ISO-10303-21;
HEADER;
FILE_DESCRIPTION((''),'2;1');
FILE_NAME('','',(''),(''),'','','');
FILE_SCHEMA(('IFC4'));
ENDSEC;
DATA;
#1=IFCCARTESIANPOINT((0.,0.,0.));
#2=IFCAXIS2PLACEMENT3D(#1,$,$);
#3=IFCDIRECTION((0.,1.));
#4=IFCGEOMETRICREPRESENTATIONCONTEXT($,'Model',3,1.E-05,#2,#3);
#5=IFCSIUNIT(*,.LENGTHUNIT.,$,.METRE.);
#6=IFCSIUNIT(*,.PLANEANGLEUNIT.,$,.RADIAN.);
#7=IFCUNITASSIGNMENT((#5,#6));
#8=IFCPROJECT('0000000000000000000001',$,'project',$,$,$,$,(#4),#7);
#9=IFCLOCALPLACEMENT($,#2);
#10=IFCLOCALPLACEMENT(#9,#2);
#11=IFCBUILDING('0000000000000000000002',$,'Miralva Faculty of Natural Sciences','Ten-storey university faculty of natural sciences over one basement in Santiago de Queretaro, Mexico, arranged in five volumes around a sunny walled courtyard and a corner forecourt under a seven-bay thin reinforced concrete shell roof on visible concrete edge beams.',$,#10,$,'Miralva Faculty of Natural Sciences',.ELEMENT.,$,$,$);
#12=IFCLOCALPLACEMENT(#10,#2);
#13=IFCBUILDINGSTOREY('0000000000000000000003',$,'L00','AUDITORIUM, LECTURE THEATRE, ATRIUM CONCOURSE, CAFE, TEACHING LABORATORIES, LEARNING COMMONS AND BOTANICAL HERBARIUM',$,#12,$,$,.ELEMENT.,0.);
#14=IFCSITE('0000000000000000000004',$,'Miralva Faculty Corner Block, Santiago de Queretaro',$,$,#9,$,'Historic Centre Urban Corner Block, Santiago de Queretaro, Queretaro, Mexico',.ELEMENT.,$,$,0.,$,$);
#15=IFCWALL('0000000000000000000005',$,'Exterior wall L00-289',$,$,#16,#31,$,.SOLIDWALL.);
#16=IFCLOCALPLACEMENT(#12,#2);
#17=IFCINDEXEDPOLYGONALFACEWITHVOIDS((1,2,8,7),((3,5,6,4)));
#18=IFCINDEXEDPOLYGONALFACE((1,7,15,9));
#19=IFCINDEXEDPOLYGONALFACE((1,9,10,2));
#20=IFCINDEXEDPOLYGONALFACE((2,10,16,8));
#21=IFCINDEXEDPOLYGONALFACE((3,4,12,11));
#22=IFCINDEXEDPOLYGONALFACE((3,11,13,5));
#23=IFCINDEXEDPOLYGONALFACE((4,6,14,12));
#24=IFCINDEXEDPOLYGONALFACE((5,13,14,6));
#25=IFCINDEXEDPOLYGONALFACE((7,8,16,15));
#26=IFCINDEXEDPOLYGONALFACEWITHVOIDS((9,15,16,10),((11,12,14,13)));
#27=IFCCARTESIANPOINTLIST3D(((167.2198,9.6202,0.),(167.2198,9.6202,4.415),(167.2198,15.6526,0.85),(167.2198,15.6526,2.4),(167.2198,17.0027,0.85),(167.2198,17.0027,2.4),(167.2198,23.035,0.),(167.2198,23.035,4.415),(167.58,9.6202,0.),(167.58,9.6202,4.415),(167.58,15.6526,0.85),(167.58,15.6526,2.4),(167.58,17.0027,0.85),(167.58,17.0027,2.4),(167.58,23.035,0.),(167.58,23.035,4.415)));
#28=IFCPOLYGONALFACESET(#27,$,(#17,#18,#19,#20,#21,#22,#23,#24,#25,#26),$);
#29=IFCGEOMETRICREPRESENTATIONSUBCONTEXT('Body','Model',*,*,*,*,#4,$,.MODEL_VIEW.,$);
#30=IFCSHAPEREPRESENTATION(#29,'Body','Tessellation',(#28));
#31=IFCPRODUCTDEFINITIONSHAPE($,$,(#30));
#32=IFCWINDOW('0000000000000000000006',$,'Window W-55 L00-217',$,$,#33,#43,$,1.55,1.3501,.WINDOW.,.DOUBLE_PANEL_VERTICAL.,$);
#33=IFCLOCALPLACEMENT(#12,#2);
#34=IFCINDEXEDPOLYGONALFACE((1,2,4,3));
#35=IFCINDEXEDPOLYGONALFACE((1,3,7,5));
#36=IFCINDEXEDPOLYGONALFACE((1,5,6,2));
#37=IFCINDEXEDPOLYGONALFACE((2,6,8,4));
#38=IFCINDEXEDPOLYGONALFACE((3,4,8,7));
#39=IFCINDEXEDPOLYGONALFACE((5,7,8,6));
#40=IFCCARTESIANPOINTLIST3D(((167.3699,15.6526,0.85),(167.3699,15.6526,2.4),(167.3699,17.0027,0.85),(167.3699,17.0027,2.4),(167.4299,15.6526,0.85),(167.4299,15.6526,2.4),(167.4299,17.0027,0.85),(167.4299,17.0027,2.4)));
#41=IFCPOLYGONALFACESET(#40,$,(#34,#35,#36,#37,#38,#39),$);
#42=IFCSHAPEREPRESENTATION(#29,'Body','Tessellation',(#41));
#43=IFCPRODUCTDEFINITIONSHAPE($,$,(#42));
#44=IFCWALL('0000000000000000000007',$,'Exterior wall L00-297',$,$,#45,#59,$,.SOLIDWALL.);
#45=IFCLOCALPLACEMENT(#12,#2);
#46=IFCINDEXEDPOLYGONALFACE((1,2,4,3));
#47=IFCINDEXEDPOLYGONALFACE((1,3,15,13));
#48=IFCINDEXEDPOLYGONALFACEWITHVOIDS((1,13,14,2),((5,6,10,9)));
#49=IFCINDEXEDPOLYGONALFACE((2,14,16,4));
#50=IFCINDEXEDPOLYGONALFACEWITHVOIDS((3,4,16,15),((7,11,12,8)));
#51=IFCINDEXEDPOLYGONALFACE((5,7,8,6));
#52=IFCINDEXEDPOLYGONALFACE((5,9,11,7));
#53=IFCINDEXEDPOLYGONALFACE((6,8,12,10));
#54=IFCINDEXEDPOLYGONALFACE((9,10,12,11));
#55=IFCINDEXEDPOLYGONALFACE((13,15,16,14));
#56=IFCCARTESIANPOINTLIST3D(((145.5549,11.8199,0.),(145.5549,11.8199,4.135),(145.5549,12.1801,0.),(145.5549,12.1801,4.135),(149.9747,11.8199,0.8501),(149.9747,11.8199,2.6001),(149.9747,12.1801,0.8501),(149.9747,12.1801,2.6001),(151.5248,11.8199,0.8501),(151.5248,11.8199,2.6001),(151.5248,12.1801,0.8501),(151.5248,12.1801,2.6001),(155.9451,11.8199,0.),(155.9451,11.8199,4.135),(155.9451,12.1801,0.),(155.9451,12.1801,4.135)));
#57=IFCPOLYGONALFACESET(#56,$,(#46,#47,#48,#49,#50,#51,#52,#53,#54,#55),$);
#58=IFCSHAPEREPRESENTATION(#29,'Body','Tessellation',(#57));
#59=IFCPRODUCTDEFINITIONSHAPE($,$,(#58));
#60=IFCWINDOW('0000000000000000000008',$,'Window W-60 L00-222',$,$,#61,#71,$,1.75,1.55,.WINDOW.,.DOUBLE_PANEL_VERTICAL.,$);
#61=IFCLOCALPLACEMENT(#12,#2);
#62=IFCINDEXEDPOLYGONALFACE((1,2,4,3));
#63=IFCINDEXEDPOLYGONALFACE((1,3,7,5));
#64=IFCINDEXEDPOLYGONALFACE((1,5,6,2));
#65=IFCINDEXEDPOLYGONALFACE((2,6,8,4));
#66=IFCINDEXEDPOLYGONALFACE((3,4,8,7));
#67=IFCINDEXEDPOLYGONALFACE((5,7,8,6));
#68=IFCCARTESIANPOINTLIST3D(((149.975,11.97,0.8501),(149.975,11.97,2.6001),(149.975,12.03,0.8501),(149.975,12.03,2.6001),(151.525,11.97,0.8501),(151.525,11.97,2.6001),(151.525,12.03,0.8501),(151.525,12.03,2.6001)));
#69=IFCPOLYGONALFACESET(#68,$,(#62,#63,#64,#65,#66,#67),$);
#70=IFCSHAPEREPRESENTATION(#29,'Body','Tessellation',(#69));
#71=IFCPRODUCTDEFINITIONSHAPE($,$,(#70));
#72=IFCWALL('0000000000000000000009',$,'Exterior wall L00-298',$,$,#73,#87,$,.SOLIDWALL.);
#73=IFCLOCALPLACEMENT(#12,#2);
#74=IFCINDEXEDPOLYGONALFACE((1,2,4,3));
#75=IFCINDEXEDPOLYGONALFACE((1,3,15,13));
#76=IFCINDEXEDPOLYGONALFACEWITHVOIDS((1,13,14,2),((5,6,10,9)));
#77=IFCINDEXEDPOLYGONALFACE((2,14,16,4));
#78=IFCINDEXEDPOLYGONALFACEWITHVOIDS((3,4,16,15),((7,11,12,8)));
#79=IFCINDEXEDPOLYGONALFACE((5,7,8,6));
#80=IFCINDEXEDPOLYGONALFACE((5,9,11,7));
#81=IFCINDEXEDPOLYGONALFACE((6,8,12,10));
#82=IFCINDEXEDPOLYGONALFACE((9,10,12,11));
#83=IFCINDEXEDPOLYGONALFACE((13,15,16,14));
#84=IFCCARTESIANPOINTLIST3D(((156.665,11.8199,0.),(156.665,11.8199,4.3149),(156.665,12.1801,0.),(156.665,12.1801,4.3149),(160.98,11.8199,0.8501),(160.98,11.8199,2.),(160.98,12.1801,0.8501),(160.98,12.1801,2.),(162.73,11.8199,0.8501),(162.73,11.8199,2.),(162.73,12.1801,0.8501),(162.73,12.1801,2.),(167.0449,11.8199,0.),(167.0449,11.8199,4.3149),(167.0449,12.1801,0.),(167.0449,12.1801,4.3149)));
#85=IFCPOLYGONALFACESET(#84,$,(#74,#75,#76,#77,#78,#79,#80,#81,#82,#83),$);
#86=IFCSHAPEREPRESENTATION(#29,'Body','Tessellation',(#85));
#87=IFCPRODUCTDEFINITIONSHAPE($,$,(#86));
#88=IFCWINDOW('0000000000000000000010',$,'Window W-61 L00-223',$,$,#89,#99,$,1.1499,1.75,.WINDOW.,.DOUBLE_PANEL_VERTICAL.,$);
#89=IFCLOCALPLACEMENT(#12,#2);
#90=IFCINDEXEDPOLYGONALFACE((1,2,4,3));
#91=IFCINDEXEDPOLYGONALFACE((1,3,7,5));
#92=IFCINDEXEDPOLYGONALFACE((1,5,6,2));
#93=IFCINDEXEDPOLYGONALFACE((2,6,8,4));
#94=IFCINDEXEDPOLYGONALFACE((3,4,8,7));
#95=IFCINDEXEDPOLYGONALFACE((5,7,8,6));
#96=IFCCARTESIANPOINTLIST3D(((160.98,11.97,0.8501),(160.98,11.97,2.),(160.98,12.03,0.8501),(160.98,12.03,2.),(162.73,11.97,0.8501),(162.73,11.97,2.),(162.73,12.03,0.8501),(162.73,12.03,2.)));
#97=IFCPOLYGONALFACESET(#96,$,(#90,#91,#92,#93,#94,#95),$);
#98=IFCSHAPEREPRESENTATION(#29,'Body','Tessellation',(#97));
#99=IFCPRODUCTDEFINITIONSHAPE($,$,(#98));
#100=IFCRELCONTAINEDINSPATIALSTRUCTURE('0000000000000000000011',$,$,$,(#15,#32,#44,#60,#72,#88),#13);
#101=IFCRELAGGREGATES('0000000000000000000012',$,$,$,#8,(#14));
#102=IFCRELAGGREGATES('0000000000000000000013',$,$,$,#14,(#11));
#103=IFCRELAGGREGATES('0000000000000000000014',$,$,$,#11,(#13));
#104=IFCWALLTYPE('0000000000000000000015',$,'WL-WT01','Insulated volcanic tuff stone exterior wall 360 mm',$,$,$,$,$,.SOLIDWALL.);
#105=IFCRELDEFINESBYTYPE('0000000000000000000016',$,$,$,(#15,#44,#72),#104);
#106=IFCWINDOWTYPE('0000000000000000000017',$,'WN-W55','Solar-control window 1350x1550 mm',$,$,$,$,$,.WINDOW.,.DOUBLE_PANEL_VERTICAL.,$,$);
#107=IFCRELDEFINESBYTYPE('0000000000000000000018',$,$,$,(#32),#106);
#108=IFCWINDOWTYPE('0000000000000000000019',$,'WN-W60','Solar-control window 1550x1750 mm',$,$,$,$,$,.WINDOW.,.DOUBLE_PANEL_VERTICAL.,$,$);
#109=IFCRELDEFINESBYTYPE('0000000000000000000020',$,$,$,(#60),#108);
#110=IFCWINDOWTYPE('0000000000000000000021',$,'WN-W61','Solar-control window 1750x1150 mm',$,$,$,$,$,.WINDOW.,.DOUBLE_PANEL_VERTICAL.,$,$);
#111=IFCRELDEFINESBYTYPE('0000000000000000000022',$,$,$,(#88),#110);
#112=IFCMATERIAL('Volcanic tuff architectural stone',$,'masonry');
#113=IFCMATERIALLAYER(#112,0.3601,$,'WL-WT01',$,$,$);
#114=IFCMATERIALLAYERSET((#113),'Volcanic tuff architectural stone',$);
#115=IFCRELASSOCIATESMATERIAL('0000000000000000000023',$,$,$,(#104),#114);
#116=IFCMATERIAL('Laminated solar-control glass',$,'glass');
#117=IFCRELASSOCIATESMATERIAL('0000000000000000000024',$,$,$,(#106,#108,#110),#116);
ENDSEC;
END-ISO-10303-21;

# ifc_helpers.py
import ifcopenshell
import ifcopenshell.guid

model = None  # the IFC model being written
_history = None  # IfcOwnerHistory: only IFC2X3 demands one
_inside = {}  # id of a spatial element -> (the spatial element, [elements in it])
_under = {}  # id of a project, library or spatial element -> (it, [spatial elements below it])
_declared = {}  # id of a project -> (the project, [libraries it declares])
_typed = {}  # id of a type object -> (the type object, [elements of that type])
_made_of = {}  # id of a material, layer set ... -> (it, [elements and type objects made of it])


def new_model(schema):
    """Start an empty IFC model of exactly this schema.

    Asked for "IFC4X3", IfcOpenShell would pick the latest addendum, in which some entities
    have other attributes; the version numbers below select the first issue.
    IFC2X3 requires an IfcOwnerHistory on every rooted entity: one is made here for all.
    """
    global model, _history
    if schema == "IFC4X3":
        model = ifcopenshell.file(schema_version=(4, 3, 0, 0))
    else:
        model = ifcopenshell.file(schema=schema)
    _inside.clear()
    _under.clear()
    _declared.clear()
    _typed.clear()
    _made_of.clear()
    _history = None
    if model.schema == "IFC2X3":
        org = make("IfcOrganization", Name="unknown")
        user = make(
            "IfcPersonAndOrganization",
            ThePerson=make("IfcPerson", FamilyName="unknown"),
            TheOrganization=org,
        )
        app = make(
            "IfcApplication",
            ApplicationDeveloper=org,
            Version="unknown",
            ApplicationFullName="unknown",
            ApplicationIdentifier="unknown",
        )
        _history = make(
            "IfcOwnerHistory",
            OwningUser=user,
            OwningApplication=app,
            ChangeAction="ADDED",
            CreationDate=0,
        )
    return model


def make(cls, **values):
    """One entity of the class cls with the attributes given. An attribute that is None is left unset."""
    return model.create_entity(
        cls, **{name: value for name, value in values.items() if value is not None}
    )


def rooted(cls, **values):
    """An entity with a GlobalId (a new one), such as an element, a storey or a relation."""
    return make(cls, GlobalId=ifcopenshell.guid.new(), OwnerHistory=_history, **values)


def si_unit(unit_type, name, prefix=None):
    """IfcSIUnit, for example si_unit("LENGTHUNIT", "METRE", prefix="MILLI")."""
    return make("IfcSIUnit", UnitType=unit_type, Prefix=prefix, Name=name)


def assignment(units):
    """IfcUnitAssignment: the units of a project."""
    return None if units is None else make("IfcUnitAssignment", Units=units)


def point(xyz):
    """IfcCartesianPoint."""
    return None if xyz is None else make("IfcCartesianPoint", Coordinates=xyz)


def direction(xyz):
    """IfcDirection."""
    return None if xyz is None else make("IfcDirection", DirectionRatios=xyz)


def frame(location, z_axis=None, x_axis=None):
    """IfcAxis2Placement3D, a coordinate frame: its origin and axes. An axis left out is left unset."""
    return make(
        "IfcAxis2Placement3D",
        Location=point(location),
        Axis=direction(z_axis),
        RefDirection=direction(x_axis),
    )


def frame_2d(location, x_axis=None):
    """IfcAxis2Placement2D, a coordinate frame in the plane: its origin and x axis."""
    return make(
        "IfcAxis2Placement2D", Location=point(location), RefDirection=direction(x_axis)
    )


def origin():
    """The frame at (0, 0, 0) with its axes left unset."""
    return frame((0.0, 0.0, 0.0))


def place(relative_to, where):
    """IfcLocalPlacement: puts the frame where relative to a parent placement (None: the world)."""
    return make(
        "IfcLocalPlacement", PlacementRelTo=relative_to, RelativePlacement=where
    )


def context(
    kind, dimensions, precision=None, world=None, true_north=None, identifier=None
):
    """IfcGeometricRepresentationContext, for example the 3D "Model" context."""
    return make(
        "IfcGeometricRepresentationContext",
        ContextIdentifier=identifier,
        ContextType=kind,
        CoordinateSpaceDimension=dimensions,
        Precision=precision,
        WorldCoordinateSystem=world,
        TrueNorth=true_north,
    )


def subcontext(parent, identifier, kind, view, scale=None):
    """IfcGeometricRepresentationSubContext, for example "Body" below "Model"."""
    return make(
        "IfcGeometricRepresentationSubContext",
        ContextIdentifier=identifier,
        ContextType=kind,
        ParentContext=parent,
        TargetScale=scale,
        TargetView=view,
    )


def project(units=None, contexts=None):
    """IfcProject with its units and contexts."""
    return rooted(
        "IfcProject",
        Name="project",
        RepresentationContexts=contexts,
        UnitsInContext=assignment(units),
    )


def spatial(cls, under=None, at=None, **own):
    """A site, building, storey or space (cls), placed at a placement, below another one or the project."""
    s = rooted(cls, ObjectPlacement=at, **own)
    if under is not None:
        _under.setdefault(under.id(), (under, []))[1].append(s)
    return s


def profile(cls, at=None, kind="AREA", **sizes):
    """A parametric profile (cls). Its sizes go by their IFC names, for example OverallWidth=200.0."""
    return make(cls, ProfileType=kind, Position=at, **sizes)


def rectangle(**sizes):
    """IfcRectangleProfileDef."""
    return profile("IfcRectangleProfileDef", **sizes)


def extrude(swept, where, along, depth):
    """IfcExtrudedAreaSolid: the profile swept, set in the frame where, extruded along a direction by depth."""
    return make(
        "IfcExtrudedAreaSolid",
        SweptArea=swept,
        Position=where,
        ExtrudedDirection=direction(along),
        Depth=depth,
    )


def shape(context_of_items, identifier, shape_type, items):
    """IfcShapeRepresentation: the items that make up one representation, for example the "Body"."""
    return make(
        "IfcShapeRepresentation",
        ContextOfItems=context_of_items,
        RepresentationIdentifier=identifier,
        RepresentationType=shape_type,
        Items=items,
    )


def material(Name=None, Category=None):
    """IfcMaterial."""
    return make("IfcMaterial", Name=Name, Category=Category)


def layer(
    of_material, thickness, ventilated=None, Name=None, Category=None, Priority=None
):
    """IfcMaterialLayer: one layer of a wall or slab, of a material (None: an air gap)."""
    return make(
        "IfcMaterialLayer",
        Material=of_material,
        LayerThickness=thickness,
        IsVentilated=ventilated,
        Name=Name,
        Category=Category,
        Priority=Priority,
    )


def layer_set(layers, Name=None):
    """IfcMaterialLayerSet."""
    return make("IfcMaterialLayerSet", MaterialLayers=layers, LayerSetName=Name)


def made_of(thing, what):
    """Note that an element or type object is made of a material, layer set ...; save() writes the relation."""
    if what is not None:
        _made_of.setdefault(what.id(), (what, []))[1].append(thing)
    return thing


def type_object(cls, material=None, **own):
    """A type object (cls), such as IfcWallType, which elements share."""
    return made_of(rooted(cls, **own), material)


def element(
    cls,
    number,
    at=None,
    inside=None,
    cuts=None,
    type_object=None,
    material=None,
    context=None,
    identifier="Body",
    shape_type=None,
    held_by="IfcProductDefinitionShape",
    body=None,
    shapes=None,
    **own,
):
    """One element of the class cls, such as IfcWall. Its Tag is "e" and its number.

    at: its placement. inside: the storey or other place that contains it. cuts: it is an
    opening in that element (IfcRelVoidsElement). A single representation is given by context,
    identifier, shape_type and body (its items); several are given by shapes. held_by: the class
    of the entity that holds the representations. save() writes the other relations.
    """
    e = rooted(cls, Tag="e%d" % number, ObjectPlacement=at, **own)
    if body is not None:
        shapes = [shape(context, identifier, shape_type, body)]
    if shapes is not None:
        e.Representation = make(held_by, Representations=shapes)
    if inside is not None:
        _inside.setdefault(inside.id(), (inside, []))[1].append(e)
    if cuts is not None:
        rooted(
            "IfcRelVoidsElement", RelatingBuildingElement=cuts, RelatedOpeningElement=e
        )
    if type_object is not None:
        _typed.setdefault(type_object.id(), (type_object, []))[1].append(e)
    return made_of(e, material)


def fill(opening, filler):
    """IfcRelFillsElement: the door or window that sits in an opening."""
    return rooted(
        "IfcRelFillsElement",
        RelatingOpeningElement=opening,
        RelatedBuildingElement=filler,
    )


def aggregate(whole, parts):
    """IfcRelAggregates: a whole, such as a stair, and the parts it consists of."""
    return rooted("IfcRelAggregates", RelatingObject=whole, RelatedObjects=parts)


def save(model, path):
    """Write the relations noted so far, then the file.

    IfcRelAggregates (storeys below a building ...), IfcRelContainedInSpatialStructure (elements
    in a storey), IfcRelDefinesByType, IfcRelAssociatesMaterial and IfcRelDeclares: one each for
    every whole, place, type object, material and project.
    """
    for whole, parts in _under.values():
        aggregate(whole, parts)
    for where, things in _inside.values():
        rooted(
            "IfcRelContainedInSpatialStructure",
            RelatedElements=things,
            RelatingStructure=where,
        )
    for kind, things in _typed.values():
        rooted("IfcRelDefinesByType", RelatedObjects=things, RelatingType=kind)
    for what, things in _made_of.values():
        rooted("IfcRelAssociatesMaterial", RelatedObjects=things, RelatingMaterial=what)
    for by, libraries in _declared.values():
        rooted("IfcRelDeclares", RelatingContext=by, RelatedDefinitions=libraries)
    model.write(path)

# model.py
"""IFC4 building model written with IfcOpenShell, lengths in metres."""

from ifc_helpers import new_model, si_unit, direction, frame, frame_2d, origin, place, context, subcontext, project, spatial, rectangle, extrude, material, layer, layer_set, type_object, element, fill, save


model = new_model("IFC4")

# Units and contexts
model_context = context("Model", 3, precision=1e-05, world=origin(), true_north=direction((0.0, 1.0)))
body_context = subcontext(model_context, "Body", "Model", "MODEL_VIEW")
ifc_project = project(units=[si_unit("LENGTHUNIT", "METRE"), si_unit("PLANEANGLEUNIT", "RADIAN")], contexts=[model_context])

# Site, building, storey
site_placement = place(None, origin())
site = spatial("IfcSite", under=ifc_project, at=site_placement, Name="Miralva Faculty Corner Block, Santiago de Queretaro", LongName="Historic Centre Urban Corner Block, Santiago de Queretaro, Queretaro, Mexico", CompositionType="ELEMENT", RefElevation=0.0)
building_placement = place(site_placement, origin())
building = spatial("IfcBuilding", under=site, at=building_placement, Name="Miralva Faculty of Natural Sciences", Description="Ten-storey university faculty of natural sciences over one basement in Santiago de Queretaro, Mexico, arranged in five volumes around a sunny walled courtyard and a corner forecourt under a seven-bay thin reinforced concrete shell roof on visible concrete edge beams.", LongName="Miralva Faculty of Natural Sciences", CompositionType="ELEMENT")
storey_placement = place(building_placement, origin())
storey = spatial("IfcBuildingStorey", under=building, at=storey_placement, Name="L00", Description="AUDITORIUM, LECTURE THEATRE, ATRIUM CONCOURSE, CAFE, TEACHING LABORATORIES, LEARNING COMMONS AND BOTANICAL HERBARIUM", CompositionType="ELEMENT", Elevation=0.0)

# Walls, openings, windows
ifc_material_1 = material(Name="Volcanic tuff architectural stone", Category="masonry")
ifc_layer_1 = layer(ifc_material_1, 0.3601, Name="WL-WT01")
ifc_layer_set_1 = layer_set([ifc_layer_1], Name="Volcanic tuff architectural stone")
wall_type_1 = type_object("IfcWallType", Name="WL-WT01", Description="Insulated volcanic tuff stone exterior wall 360 mm", PredefinedType="SOLIDWALL", material=ifc_layer_set_1)
wall_1_placement = place(storey_placement, frame((167.3999, 9.6201, 0.0), z_axis=(0.0, 0.0, 1.0), x_axis=(0.0, 1.0, 0.0)))
wall_1 = element("IfcWall", 1, at=wall_1_placement, inside=storey, type_object=wall_type_1, Name="Exterior wall L00-289", PredefinedType="SOLIDWALL", context=body_context, shape_type="SweptSolid", body=[
    extrude(rectangle(XDim=13.4148, YDim=0.3601, at=frame_2d((6.7075, 0.0))), origin(), (0.0, 0.0, 1.0), 4.415),
])
opening_1_placement = place(wall_1_placement, frame((6.0325, 0.0, 0.8501)))
opening_1 = element("IfcOpeningElement", 2, at=opening_1_placement, cuts=wall_1, PredefinedType="OPENING", context=body_context, shape_type="SweptSolid", body=[
    extrude(rectangle(XDim=1.3501, YDim=1.55, at=frame_2d((0.675, 0.7749))), frame((0.0, 0.1899, 0.0), z_axis=(0.0, -1.0, 0.0), x_axis=(1.0, 0.0, 0.0)), (0.0, 0.0, 1.0), 0.3801),
])
ifc_material_2 = material(Name="Laminated solar-control glass", Category="glass")
window_type_1 = type_object("IfcWindowType", Name="WN-W55", Description="Solar-control window 1350x1550 mm", PartitioningType="DOUBLE_PANEL_VERTICAL", PredefinedType="WINDOW", material=ifc_material_2)
window_1_placement = place(opening_1_placement, frame((1.3501, 0.0, 0.0), z_axis=(0.0, 0.0, 1.0), x_axis=(-1.0, 0.0, 0.0)))
window_1 = element("IfcWindow", 3, at=window_1_placement, inside=storey, type_object=window_type_1, Name="Window W-55 L00-217", OverallHeight=1.55, OverallWidth=1.3501, PartitioningType="DOUBLE_PANEL_VERTICAL", PredefinedType="WINDOW", context=body_context, shape_type="SweptSolid", body=[
    extrude(rectangle(XDim=1.3501, YDim=1.55, at=frame_2d((0.675, 0.7749))), frame((0.0, 0.03, 0.0), z_axis=(0.0, -1.0, 0.0), x_axis=(1.0, 0.0, 0.0)), (0.0, 0.0, 1.0), 0.0601),
])
fill(opening_1, window_1)
wall_2_placement = place(storey_placement, frame((145.5549, 12.0, 0.0), z_axis=(0.0, 0.0, 1.0), x_axis=(1.0, 0.0, 0.0)))
wall_2 = element("IfcWall", 4, at=wall_2_placement, inside=storey, type_object=wall_type_1, Name="Exterior wall L00-297", PredefinedType="SOLIDWALL", context=body_context, shape_type="SweptSolid", body=[
    extrude(rectangle(XDim=10.3901, YDim=0.3601, at=frame_2d((5.1951, 0.0))), origin(), (0.0, 0.0, 1.0), 4.135),
])
opening_2_placement = place(wall_2_placement, frame((4.4199, 0.0, 0.8501)))
opening_2 = element("IfcOpeningElement", 5, at=opening_2_placement, cuts=wall_2, PredefinedType="OPENING", context=body_context, shape_type="SweptSolid", body=[
    extrude(rectangle(XDim=1.55, YDim=1.75, at=frame_2d((0.7749, 0.875))), frame((0.0, 0.1899, 0.0), z_axis=(0.0, -1.0, 0.0), x_axis=(1.0, 0.0, 0.0)), (0.0, 0.0, 1.0), 0.3801),
])
window_type_2 = type_object("IfcWindowType", Name="WN-W60", Description="Solar-control window 1550x1750 mm", PartitioningType="DOUBLE_PANEL_VERTICAL", PredefinedType="WINDOW", material=ifc_material_2)
window_2_placement = place(opening_2_placement, frame((1.55, 0.0, 0.0), z_axis=(0.0, 0.0, 1.0), x_axis=(-1.0, 0.0, 0.0)))
window_2 = element("IfcWindow", 6, at=window_2_placement, inside=storey, type_object=window_type_2, Name="Window W-60 L00-222", OverallHeight=1.75, OverallWidth=1.55, PartitioningType="DOUBLE_PANEL_VERTICAL", PredefinedType="WINDOW", context=body_context, shape_type="SweptSolid", body=[
    extrude(rectangle(XDim=1.55, YDim=1.75, at=frame_2d((0.7749, 0.875))), frame((0.0, 0.03, 0.0), z_axis=(0.0, -1.0, 0.0), x_axis=(1.0, 0.0, 0.0)), (0.0, 0.0, 1.0), 0.0601),
])
fill(opening_2, window_2)
wall_3_placement = place(storey_placement, frame((156.665, 12.0, 0.0), z_axis=(0.0, 0.0, 1.0), x_axis=(1.0, 0.0, 0.0)))
wall_3 = element("IfcWall", 7, at=wall_3_placement, inside=storey, type_object=wall_type_1, Name="Exterior wall L00-298", PredefinedType="SOLIDWALL", context=body_context, shape_type="SweptSolid", body=[
    extrude(rectangle(XDim=10.3799, YDim=0.3601, at=frame_2d((5.1899, 0.0))), origin(), (0.0, 0.0, 1.0), 4.3149),
])
opening_3_placement = place(wall_3_placement, frame((4.3149, 0.0, 0.8501)))
opening_3 = element("IfcOpeningElement", 8, at=opening_3_placement, cuts=wall_3, PredefinedType="OPENING", context=body_context, shape_type="SweptSolid", body=[
    extrude(rectangle(XDim=1.75, YDim=1.1499, at=frame_2d((0.875, 0.575))), frame((0.0, 0.1899, 0.0), z_axis=(0.0, -1.0, 0.0), x_axis=(1.0, 0.0, 0.0)), (0.0, 0.0, 1.0), 0.3801),
])
window_type_3 = type_object("IfcWindowType", Name="WN-W61", Description="Solar-control window 1750x1150 mm", PartitioningType="DOUBLE_PANEL_VERTICAL", PredefinedType="WINDOW", material=ifc_material_2)
window_3_placement = place(opening_3_placement, frame((1.75, 0.0, 0.0), z_axis=(0.0, 0.0, 1.0), x_axis=(-1.0, 0.0, 0.0)))
window_3 = element("IfcWindow", 9, at=window_3_placement, inside=storey, type_object=window_type_3, Name="Window W-61 L00-223", OverallHeight=1.1499, OverallWidth=1.75, PartitioningType="DOUBLE_PANEL_VERTICAL", PredefinedType="WINDOW", context=body_context, shape_type="SweptSolid", body=[
    extrude(rectangle(XDim=1.75, YDim=1.1499, at=frame_2d((0.875, 0.575))), frame((0.0, 0.03, 0.0), z_axis=(0.0, -1.0, 0.0), x_axis=(1.0, 0.0, 0.0)), (0.0, 0.0, 1.0), 0.0601),
])
fill(opening_3, window_3)

save(model, "model.ifc")
